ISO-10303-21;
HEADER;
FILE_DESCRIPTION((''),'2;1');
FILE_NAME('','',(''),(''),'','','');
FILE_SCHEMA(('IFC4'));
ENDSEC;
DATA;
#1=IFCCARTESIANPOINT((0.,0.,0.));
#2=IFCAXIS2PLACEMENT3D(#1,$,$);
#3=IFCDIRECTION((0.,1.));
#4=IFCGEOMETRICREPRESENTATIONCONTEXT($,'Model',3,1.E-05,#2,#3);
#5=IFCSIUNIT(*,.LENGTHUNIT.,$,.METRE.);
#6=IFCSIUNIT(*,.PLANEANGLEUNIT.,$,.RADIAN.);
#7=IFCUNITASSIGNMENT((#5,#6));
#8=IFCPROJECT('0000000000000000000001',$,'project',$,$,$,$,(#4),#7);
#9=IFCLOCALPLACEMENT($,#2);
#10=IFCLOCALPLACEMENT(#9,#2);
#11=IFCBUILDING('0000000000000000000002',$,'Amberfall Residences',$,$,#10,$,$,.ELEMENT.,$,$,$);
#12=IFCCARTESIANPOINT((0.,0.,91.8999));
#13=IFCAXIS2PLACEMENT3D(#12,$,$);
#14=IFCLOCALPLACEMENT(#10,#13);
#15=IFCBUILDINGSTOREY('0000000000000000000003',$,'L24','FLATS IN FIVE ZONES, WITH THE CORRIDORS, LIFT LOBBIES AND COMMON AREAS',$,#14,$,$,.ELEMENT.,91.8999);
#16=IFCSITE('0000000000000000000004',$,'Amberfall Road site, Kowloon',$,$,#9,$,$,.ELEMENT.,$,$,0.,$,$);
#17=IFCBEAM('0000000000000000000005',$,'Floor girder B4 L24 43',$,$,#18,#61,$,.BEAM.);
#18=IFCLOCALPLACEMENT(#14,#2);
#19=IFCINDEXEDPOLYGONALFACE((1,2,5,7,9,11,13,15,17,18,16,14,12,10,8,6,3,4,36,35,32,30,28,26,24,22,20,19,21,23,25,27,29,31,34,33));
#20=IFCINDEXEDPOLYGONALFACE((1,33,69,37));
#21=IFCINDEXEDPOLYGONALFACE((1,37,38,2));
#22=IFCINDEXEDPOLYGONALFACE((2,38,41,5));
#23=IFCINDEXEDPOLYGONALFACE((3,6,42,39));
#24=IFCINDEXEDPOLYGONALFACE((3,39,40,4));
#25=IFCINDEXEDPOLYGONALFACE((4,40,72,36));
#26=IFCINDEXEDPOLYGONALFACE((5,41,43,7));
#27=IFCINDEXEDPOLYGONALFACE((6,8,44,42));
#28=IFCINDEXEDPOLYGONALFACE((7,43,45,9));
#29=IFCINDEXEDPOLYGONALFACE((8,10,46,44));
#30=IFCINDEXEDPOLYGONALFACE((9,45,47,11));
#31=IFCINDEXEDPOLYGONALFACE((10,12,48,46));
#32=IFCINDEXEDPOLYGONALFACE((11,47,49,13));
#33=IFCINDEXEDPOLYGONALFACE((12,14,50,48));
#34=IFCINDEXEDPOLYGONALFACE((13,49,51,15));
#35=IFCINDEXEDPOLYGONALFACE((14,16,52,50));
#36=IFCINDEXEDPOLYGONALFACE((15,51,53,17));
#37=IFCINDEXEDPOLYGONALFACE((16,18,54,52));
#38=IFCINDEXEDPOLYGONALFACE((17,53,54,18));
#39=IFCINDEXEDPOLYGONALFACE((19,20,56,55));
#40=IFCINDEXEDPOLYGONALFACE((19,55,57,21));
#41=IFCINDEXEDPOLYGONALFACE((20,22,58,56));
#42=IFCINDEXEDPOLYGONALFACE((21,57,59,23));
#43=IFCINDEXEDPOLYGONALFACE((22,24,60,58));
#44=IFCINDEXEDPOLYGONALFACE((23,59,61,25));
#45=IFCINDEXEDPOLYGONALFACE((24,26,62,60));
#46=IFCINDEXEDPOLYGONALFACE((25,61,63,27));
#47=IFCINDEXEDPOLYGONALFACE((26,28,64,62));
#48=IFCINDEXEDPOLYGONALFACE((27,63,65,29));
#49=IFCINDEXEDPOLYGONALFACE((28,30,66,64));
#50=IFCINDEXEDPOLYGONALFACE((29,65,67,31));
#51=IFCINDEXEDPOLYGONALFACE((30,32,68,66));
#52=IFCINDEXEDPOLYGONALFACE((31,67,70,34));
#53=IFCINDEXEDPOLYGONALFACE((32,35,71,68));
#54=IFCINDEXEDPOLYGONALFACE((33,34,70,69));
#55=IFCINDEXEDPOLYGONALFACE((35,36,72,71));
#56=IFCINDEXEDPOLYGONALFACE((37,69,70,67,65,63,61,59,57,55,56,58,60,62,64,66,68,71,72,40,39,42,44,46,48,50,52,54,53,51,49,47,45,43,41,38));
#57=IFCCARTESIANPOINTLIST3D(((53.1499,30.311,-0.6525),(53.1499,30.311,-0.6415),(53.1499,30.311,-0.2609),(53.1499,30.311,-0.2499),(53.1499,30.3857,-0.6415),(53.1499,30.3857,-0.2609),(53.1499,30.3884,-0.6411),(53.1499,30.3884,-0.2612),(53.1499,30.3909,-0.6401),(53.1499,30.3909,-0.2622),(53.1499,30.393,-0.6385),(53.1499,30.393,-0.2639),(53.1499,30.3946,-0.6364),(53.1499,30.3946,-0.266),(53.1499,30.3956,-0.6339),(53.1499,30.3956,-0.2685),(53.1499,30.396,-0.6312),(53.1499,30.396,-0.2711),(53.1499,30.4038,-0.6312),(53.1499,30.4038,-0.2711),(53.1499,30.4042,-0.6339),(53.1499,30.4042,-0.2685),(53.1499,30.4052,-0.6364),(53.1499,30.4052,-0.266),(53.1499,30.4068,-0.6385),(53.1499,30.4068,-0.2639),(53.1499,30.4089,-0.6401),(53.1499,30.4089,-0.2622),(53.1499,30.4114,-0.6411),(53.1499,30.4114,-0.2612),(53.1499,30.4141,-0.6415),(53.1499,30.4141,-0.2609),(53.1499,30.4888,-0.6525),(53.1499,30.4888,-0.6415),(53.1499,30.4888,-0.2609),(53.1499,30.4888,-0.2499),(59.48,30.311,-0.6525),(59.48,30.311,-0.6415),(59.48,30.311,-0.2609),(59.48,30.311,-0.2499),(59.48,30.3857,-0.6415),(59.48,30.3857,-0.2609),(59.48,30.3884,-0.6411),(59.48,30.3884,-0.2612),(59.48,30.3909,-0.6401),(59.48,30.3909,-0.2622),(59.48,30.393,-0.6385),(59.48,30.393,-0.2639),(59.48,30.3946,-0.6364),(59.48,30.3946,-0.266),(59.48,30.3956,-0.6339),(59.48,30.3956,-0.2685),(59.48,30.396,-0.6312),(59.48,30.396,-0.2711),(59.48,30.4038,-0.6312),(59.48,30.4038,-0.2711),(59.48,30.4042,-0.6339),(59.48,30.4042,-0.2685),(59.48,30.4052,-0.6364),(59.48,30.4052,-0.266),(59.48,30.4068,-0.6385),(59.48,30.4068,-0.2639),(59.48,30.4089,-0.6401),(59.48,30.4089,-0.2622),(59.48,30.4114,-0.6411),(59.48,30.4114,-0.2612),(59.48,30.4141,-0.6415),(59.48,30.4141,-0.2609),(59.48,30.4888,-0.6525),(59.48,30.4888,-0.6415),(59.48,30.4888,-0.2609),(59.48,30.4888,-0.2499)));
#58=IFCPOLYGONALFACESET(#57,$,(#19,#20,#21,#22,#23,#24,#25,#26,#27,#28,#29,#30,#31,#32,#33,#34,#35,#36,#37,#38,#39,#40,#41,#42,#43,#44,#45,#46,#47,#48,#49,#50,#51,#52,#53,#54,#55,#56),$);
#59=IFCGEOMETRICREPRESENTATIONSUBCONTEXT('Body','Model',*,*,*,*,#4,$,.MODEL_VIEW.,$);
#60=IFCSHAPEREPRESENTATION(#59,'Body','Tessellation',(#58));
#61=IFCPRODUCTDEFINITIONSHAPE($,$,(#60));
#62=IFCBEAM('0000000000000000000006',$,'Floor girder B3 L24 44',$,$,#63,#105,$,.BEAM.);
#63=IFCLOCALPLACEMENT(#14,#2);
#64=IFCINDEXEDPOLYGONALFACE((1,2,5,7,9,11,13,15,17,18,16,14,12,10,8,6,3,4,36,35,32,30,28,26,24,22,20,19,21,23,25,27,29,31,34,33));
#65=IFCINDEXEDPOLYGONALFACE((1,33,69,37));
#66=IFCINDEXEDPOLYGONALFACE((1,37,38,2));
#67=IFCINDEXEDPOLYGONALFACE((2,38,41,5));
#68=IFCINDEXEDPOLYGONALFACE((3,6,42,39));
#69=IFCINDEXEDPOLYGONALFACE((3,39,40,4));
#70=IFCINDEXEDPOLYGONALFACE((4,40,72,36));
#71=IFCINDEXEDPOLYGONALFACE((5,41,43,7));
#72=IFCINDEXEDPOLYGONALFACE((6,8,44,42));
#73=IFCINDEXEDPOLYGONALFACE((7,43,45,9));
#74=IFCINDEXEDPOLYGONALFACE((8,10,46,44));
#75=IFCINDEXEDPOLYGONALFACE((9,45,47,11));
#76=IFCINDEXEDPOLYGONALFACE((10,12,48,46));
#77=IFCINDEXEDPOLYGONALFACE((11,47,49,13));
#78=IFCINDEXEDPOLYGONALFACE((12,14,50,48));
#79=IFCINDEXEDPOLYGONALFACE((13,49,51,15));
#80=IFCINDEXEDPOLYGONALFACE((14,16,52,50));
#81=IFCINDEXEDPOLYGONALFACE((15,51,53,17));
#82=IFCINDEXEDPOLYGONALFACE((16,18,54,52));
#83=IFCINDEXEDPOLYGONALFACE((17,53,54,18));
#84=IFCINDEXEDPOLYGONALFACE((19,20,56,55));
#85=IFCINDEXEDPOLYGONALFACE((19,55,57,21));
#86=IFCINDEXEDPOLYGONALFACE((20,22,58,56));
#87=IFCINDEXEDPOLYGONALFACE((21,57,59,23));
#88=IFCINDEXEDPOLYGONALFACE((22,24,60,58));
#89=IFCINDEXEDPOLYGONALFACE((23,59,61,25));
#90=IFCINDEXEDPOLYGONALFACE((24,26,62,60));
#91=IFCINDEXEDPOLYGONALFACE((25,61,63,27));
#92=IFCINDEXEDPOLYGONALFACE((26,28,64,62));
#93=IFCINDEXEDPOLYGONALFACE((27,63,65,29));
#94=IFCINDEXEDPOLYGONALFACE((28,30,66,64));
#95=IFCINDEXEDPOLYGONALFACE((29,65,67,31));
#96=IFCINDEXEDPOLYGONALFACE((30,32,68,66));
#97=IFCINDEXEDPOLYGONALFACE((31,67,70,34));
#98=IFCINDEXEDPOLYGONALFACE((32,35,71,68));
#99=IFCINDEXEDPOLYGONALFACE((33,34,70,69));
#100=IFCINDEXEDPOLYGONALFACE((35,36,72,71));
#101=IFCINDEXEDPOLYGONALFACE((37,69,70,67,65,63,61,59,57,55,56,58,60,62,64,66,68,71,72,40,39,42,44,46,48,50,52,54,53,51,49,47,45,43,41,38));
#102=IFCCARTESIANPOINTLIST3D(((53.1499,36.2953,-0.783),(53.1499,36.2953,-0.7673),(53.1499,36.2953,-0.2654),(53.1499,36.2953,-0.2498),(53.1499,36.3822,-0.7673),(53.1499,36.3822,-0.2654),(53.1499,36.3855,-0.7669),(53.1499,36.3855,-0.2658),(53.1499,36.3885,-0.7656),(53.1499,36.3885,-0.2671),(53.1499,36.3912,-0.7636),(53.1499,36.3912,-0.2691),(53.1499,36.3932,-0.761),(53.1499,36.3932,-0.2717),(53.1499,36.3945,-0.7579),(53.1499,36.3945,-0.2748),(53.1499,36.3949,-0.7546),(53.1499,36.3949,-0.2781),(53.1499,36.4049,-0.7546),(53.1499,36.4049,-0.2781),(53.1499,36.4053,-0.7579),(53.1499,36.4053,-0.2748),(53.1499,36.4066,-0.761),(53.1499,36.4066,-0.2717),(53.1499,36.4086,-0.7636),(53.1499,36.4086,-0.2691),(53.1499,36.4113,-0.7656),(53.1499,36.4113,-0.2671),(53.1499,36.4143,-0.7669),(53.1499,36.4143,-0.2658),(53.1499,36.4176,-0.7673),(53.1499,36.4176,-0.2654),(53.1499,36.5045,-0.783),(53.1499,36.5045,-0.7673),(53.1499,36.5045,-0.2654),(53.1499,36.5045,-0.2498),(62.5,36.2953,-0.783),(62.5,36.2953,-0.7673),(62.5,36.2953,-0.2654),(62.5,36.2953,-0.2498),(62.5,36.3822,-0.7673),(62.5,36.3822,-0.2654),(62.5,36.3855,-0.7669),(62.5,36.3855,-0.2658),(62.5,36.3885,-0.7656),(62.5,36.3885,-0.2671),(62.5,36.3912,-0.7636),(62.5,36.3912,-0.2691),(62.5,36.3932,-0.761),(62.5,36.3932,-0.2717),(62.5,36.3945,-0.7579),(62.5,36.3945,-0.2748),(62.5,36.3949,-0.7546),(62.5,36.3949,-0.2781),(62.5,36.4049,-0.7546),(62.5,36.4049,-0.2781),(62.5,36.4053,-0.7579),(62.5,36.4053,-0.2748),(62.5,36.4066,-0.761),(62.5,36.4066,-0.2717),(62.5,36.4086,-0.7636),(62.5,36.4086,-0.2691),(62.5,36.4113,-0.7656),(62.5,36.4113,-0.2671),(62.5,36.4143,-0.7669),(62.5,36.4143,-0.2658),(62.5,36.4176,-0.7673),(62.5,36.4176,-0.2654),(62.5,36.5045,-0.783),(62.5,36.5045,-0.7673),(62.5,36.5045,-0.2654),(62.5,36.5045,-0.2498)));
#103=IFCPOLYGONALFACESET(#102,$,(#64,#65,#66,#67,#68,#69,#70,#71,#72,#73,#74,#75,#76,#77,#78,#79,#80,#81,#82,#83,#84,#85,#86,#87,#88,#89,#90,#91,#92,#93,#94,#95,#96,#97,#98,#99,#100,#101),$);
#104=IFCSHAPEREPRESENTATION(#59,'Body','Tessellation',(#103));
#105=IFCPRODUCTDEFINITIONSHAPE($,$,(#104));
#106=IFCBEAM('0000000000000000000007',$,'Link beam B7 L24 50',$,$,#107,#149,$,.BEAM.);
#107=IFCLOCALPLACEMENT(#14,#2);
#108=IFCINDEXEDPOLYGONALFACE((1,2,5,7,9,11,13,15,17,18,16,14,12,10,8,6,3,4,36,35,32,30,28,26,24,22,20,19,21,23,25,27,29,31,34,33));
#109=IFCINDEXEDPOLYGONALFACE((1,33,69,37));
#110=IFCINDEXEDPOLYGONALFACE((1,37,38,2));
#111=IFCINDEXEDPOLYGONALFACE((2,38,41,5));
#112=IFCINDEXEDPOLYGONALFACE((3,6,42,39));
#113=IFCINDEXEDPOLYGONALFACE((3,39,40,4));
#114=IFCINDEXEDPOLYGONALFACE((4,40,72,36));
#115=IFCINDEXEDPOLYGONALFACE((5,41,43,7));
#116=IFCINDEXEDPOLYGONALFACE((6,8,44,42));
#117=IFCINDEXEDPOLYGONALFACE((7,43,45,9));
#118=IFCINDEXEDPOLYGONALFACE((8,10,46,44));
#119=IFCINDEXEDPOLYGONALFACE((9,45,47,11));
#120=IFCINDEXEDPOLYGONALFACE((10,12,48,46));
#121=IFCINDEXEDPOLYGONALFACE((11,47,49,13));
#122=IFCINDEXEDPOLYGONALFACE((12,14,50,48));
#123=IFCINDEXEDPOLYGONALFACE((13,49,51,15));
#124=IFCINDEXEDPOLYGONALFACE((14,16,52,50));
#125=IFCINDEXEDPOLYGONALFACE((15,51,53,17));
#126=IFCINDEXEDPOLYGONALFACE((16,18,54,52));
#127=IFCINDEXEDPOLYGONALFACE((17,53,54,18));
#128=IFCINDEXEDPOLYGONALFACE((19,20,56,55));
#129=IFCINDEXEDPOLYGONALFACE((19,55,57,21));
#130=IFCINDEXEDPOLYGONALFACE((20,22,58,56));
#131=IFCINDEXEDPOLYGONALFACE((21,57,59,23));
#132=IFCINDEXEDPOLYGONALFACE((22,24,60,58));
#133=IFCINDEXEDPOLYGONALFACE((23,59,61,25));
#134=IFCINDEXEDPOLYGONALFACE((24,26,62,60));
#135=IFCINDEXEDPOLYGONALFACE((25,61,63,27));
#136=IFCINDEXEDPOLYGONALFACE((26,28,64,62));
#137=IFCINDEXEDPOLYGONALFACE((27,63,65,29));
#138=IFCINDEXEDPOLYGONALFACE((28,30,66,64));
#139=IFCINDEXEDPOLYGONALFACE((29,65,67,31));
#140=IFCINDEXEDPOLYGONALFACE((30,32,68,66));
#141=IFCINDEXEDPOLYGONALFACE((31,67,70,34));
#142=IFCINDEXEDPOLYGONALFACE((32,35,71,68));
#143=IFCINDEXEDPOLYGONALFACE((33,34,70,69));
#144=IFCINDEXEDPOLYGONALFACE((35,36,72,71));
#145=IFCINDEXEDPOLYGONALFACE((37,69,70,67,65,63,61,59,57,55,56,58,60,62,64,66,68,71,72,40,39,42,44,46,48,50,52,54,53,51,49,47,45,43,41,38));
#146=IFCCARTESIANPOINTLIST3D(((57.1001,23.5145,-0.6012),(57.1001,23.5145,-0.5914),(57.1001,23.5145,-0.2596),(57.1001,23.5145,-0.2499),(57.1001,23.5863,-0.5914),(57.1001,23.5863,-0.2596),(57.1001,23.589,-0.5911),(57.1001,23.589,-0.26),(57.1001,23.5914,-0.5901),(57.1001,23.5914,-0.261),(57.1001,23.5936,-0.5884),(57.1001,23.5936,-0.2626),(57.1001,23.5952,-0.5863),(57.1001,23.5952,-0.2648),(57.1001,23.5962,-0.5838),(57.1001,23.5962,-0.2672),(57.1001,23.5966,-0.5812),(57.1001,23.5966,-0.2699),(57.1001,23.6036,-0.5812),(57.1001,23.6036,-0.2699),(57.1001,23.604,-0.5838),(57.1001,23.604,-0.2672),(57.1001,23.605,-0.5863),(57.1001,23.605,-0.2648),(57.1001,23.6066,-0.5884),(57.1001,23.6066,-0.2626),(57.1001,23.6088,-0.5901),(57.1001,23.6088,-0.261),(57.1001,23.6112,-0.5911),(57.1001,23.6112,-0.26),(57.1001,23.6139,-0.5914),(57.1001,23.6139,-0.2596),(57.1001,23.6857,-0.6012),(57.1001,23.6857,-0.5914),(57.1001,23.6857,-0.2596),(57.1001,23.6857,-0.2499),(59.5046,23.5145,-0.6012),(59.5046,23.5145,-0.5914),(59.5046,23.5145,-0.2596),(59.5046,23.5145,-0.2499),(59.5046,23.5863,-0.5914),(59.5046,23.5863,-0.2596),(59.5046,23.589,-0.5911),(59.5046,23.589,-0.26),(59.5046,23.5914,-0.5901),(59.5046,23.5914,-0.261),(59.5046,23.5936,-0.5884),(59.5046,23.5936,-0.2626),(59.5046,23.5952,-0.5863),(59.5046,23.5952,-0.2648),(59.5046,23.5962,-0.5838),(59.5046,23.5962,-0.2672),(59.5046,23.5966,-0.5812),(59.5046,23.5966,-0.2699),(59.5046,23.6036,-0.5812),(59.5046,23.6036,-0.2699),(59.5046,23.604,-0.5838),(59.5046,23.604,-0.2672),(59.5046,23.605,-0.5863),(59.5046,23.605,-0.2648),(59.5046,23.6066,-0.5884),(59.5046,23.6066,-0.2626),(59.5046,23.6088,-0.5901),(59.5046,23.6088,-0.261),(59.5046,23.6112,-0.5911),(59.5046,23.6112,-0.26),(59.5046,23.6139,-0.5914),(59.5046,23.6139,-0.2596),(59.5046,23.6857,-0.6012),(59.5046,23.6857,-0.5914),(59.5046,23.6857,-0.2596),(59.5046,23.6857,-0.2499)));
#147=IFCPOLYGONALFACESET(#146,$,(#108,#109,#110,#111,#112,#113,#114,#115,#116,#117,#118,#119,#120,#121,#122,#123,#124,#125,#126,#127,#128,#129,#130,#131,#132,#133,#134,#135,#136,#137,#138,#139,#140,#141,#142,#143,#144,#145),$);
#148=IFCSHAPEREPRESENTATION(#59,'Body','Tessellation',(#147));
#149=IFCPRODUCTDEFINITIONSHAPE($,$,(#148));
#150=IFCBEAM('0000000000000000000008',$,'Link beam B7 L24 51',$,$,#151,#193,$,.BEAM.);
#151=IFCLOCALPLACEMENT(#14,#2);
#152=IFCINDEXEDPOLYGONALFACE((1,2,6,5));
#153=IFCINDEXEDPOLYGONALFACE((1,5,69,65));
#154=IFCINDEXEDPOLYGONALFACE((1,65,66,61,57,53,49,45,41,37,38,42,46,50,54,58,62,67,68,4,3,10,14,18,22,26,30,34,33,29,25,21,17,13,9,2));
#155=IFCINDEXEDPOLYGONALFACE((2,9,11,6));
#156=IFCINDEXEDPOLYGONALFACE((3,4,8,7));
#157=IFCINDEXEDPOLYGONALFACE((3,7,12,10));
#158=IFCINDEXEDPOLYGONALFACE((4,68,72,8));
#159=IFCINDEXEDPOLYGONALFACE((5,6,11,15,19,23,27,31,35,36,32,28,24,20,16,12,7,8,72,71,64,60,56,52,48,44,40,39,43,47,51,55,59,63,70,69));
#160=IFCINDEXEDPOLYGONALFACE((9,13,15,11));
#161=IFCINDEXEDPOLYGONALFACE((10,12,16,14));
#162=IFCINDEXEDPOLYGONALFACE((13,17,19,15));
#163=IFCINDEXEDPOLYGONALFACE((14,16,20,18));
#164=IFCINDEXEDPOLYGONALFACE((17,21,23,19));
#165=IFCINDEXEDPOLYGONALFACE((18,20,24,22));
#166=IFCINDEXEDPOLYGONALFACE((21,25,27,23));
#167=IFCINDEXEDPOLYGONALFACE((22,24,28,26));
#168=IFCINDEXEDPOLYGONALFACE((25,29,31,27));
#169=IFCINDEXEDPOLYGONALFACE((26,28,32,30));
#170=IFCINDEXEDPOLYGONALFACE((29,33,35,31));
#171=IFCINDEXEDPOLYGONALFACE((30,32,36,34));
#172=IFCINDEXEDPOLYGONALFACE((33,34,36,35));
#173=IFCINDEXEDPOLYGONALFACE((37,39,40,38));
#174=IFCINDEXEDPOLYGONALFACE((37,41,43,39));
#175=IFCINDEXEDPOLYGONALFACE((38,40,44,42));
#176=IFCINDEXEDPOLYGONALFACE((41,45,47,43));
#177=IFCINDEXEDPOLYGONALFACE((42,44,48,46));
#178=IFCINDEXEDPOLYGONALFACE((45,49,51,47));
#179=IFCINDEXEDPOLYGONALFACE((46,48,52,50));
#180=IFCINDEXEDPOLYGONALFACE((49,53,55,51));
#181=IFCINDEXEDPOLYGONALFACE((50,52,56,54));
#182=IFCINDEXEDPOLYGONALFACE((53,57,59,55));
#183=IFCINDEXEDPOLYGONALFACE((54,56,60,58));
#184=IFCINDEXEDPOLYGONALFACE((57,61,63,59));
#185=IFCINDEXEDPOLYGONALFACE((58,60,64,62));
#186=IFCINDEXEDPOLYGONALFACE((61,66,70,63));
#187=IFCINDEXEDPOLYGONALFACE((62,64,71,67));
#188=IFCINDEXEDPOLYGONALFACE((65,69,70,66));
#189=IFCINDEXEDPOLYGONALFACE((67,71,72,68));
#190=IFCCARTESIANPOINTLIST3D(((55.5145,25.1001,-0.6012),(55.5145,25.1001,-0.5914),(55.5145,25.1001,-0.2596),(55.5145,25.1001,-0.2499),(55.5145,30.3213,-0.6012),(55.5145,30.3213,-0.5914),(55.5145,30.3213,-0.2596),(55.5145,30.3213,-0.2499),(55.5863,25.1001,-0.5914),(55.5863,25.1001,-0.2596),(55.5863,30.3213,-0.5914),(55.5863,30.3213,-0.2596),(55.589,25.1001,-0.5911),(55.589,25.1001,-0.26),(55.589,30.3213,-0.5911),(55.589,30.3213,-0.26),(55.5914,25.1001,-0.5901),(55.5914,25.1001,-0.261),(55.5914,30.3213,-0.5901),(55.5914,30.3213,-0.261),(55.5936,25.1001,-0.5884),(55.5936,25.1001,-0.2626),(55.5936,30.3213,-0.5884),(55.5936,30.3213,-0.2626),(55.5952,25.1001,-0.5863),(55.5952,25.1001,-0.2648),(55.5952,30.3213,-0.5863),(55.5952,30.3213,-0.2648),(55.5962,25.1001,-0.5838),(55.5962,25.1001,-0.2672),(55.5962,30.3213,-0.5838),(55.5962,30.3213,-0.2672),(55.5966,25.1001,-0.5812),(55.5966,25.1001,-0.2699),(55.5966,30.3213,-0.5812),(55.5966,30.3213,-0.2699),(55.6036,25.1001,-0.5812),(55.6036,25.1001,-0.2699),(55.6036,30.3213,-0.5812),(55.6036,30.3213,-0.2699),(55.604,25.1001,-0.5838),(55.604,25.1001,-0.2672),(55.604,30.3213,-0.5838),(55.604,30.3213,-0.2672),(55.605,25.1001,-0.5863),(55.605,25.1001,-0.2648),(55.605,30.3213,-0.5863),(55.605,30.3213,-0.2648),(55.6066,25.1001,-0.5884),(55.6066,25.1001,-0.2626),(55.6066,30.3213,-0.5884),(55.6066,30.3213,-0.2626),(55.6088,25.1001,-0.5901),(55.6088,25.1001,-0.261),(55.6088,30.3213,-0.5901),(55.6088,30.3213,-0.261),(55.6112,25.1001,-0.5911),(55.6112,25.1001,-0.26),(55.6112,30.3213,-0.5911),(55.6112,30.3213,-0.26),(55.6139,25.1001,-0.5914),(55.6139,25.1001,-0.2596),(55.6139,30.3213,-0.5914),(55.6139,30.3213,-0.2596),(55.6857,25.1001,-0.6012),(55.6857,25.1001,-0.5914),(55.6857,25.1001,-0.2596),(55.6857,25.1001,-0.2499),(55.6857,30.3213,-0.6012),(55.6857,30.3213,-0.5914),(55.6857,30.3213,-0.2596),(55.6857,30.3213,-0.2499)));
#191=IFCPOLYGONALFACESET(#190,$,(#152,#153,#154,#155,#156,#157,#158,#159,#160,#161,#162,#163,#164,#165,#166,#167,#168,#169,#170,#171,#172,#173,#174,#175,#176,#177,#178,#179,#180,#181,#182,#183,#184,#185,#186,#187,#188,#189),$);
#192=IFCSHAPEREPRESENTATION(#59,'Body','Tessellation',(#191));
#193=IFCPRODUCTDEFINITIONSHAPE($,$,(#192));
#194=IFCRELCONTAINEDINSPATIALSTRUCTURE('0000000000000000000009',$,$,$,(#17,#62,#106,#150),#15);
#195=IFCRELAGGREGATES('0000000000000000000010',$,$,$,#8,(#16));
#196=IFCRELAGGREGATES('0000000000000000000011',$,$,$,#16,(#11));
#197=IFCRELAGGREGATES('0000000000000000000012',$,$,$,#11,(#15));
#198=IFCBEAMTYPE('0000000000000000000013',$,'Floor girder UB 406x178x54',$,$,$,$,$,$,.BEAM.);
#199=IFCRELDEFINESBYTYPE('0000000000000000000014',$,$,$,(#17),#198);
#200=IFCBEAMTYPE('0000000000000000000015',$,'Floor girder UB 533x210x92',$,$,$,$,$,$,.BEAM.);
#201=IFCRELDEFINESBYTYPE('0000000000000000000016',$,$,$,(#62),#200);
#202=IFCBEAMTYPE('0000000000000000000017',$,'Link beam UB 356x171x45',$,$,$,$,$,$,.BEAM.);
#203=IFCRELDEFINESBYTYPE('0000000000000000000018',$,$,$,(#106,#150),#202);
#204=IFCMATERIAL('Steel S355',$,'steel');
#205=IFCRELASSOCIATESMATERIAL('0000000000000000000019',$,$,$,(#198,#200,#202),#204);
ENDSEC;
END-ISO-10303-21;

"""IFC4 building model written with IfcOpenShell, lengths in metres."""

from ifc_helpers import new_model, si_unit, direction, frame, origin, origin_2d, place, context, subcontext, project, spatial, i_section, extrude, material, material_profile, profile_set, type_object, element, save


model = new_model("IFC4")

# Units and contexts
model_context = context("Model", 3, precision=1e-05, world=origin(), true_north=direction((0.0, 1.0)))
body_context = subcontext(model_context, "Body", "Model", "MODEL_VIEW")
ifc_project = project(units=[si_unit("LENGTHUNIT", "METRE"), si_unit("PLANEANGLEUNIT", "RADIAN")], contexts=[model_context])

# Site, building, storey
site_placement = place(None, origin())
site = spatial("IfcSite", under=ifc_project, at=site_placement, Name="Amberfall Road site, Kowloon", CompositionType="ELEMENT", RefElevation=0.0)
building_placement = place(site_placement, origin())
building = spatial("IfcBuilding", under=site, at=building_placement, Name="Amberfall Residences", CompositionType="ELEMENT")
storey_placement = place(building_placement, frame((0.0, 0.0, 91.8999)))
storey = spatial("IfcBuildingStorey", under=building, at=storey_placement, Name="L24", Description="FLATS IN FIVE ZONES, WITH THE CORRIDORS, LIFT LOBBIES AND COMMON AREAS", CompositionType="ELEMENT", Elevation=91.8999)

# Beams
ifc_material_1 = material(Name="Steel S355", Category="steel")
ifc_material_profile_1 = material_profile(ifc_material_1, i_section(OverallWidth=0.1777, OverallDepth=0.4026, WebThickness=0.0078, FlangeThickness=0.011, FilletRadius=0.0103, at=origin_2d()), Name="UB 406x178x54")
ifc_profile_set_1 = profile_set([ifc_material_profile_1], Name="Steel S355")
beam_type_1 = type_object("IfcBeamType", Name="Floor girder UB 406x178x54", PredefinedType="BEAM", material=ifc_profile_set_1)
beam_1_placement = place(storey_placement, frame((53.1499, 30.3999, -0.4512), z_axis=(1.0, 0.0, 0.0), x_axis=(0.0, 1.0, 0.0)))
element("IfcBeam", 1, at=beam_1_placement, inside=storey, type_object=beam_type_1, Name="Floor girder B4 L24 43", PredefinedType="BEAM", context=body_context, shape_type="SweptSolid", body=[
    extrude(i_section(OverallWidth=0.1777, OverallDepth=0.4026, WebThickness=0.0078, FlangeThickness=0.011, FilletRadius=0.0103, at=origin_2d()), origin(), (0.0, 0.0, 1.0), 6.3301),
])
ifc_material_profile_2 = material_profile(ifc_material_1, i_section(OverallWidth=0.2092, OverallDepth=0.5332, WebThickness=0.01, FlangeThickness=0.0156, FilletRadius=0.0127, at=origin_2d()), Name="UB 533x210x92")
ifc_profile_set_2 = profile_set([ifc_material_profile_2], Name="Steel S355")
beam_type_2 = type_object("IfcBeamType", Name="Floor girder UB 533x210x92", PredefinedType="BEAM", material=ifc_profile_set_2)
beam_2_placement = place(storey_placement, frame((53.1499, 36.3999, -0.5164), z_axis=(1.0, 0.0, 0.0), x_axis=(0.0, 1.0, 0.0)))
element("IfcBeam", 2, at=beam_2_placement, inside=storey, type_object=beam_type_2, Name="Floor girder B3 L24 44", PredefinedType="BEAM", context=body_context, shape_type="SweptSolid", body=[
    extrude(i_section(OverallWidth=0.2092, OverallDepth=0.5332, WebThickness=0.01, FlangeThickness=0.0156, FilletRadius=0.0127, at=origin_2d()), origin(), (0.0, 0.0, 1.0), 9.3501),
])
ifc_material_profile_3 = material_profile(ifc_material_1, i_section(OverallWidth=0.1711, OverallDepth=0.3513, WebThickness=0.0071, FlangeThickness=0.0098, FilletRadius=0.0103, at=origin_2d()), Name="UB 356x171x45")
ifc_profile_set_3 = profile_set([ifc_material_profile_3], Name="Steel S355")
beam_type_3 = type_object("IfcBeamType", Name="Link beam UB 356x171x45", PredefinedType="BEAM", material=ifc_profile_set_3)
beam_3_placement = place(storey_placement, frame((57.1001, 23.6001, -0.4255), z_axis=(1.0, 0.0, 0.0), x_axis=(0.0, 1.0, 0.0)))
element("IfcBeam", 3, at=beam_3_placement, inside=storey, type_object=beam_type_3, Name="Link beam B7 L24 50", PredefinedType="BEAM", context=body_context, shape_type="SweptSolid", body=[
    extrude(i_section(OverallWidth=0.1711, OverallDepth=0.3513, WebThickness=0.0071, FlangeThickness=0.0098, FilletRadius=0.0103, at=origin_2d()), origin(), (0.0, 0.0, 1.0), 2.4045),
])
beam_4_placement = place(storey_placement, frame((55.6001, 25.1001, -0.4255), z_axis=(0.0, 1.0, 0.0), x_axis=(-1.0, 0.0, 0.0)))
element("IfcBeam", 4, at=beam_4_placement, inside=storey, type_object=beam_type_3, Name="Link beam B7 L24 51", PredefinedType="BEAM", context=body_context, shape_type="SweptSolid", body=[
    extrude(i_section(OverallWidth=0.1711, OverallDepth=0.3513, WebThickness=0.0071, FlangeThickness=0.0098, FilletRadius=0.0103, at=origin_2d()), origin(), (0.0, 0.0, 1.0), 5.2212),
])

save(model, "model.ifc")
